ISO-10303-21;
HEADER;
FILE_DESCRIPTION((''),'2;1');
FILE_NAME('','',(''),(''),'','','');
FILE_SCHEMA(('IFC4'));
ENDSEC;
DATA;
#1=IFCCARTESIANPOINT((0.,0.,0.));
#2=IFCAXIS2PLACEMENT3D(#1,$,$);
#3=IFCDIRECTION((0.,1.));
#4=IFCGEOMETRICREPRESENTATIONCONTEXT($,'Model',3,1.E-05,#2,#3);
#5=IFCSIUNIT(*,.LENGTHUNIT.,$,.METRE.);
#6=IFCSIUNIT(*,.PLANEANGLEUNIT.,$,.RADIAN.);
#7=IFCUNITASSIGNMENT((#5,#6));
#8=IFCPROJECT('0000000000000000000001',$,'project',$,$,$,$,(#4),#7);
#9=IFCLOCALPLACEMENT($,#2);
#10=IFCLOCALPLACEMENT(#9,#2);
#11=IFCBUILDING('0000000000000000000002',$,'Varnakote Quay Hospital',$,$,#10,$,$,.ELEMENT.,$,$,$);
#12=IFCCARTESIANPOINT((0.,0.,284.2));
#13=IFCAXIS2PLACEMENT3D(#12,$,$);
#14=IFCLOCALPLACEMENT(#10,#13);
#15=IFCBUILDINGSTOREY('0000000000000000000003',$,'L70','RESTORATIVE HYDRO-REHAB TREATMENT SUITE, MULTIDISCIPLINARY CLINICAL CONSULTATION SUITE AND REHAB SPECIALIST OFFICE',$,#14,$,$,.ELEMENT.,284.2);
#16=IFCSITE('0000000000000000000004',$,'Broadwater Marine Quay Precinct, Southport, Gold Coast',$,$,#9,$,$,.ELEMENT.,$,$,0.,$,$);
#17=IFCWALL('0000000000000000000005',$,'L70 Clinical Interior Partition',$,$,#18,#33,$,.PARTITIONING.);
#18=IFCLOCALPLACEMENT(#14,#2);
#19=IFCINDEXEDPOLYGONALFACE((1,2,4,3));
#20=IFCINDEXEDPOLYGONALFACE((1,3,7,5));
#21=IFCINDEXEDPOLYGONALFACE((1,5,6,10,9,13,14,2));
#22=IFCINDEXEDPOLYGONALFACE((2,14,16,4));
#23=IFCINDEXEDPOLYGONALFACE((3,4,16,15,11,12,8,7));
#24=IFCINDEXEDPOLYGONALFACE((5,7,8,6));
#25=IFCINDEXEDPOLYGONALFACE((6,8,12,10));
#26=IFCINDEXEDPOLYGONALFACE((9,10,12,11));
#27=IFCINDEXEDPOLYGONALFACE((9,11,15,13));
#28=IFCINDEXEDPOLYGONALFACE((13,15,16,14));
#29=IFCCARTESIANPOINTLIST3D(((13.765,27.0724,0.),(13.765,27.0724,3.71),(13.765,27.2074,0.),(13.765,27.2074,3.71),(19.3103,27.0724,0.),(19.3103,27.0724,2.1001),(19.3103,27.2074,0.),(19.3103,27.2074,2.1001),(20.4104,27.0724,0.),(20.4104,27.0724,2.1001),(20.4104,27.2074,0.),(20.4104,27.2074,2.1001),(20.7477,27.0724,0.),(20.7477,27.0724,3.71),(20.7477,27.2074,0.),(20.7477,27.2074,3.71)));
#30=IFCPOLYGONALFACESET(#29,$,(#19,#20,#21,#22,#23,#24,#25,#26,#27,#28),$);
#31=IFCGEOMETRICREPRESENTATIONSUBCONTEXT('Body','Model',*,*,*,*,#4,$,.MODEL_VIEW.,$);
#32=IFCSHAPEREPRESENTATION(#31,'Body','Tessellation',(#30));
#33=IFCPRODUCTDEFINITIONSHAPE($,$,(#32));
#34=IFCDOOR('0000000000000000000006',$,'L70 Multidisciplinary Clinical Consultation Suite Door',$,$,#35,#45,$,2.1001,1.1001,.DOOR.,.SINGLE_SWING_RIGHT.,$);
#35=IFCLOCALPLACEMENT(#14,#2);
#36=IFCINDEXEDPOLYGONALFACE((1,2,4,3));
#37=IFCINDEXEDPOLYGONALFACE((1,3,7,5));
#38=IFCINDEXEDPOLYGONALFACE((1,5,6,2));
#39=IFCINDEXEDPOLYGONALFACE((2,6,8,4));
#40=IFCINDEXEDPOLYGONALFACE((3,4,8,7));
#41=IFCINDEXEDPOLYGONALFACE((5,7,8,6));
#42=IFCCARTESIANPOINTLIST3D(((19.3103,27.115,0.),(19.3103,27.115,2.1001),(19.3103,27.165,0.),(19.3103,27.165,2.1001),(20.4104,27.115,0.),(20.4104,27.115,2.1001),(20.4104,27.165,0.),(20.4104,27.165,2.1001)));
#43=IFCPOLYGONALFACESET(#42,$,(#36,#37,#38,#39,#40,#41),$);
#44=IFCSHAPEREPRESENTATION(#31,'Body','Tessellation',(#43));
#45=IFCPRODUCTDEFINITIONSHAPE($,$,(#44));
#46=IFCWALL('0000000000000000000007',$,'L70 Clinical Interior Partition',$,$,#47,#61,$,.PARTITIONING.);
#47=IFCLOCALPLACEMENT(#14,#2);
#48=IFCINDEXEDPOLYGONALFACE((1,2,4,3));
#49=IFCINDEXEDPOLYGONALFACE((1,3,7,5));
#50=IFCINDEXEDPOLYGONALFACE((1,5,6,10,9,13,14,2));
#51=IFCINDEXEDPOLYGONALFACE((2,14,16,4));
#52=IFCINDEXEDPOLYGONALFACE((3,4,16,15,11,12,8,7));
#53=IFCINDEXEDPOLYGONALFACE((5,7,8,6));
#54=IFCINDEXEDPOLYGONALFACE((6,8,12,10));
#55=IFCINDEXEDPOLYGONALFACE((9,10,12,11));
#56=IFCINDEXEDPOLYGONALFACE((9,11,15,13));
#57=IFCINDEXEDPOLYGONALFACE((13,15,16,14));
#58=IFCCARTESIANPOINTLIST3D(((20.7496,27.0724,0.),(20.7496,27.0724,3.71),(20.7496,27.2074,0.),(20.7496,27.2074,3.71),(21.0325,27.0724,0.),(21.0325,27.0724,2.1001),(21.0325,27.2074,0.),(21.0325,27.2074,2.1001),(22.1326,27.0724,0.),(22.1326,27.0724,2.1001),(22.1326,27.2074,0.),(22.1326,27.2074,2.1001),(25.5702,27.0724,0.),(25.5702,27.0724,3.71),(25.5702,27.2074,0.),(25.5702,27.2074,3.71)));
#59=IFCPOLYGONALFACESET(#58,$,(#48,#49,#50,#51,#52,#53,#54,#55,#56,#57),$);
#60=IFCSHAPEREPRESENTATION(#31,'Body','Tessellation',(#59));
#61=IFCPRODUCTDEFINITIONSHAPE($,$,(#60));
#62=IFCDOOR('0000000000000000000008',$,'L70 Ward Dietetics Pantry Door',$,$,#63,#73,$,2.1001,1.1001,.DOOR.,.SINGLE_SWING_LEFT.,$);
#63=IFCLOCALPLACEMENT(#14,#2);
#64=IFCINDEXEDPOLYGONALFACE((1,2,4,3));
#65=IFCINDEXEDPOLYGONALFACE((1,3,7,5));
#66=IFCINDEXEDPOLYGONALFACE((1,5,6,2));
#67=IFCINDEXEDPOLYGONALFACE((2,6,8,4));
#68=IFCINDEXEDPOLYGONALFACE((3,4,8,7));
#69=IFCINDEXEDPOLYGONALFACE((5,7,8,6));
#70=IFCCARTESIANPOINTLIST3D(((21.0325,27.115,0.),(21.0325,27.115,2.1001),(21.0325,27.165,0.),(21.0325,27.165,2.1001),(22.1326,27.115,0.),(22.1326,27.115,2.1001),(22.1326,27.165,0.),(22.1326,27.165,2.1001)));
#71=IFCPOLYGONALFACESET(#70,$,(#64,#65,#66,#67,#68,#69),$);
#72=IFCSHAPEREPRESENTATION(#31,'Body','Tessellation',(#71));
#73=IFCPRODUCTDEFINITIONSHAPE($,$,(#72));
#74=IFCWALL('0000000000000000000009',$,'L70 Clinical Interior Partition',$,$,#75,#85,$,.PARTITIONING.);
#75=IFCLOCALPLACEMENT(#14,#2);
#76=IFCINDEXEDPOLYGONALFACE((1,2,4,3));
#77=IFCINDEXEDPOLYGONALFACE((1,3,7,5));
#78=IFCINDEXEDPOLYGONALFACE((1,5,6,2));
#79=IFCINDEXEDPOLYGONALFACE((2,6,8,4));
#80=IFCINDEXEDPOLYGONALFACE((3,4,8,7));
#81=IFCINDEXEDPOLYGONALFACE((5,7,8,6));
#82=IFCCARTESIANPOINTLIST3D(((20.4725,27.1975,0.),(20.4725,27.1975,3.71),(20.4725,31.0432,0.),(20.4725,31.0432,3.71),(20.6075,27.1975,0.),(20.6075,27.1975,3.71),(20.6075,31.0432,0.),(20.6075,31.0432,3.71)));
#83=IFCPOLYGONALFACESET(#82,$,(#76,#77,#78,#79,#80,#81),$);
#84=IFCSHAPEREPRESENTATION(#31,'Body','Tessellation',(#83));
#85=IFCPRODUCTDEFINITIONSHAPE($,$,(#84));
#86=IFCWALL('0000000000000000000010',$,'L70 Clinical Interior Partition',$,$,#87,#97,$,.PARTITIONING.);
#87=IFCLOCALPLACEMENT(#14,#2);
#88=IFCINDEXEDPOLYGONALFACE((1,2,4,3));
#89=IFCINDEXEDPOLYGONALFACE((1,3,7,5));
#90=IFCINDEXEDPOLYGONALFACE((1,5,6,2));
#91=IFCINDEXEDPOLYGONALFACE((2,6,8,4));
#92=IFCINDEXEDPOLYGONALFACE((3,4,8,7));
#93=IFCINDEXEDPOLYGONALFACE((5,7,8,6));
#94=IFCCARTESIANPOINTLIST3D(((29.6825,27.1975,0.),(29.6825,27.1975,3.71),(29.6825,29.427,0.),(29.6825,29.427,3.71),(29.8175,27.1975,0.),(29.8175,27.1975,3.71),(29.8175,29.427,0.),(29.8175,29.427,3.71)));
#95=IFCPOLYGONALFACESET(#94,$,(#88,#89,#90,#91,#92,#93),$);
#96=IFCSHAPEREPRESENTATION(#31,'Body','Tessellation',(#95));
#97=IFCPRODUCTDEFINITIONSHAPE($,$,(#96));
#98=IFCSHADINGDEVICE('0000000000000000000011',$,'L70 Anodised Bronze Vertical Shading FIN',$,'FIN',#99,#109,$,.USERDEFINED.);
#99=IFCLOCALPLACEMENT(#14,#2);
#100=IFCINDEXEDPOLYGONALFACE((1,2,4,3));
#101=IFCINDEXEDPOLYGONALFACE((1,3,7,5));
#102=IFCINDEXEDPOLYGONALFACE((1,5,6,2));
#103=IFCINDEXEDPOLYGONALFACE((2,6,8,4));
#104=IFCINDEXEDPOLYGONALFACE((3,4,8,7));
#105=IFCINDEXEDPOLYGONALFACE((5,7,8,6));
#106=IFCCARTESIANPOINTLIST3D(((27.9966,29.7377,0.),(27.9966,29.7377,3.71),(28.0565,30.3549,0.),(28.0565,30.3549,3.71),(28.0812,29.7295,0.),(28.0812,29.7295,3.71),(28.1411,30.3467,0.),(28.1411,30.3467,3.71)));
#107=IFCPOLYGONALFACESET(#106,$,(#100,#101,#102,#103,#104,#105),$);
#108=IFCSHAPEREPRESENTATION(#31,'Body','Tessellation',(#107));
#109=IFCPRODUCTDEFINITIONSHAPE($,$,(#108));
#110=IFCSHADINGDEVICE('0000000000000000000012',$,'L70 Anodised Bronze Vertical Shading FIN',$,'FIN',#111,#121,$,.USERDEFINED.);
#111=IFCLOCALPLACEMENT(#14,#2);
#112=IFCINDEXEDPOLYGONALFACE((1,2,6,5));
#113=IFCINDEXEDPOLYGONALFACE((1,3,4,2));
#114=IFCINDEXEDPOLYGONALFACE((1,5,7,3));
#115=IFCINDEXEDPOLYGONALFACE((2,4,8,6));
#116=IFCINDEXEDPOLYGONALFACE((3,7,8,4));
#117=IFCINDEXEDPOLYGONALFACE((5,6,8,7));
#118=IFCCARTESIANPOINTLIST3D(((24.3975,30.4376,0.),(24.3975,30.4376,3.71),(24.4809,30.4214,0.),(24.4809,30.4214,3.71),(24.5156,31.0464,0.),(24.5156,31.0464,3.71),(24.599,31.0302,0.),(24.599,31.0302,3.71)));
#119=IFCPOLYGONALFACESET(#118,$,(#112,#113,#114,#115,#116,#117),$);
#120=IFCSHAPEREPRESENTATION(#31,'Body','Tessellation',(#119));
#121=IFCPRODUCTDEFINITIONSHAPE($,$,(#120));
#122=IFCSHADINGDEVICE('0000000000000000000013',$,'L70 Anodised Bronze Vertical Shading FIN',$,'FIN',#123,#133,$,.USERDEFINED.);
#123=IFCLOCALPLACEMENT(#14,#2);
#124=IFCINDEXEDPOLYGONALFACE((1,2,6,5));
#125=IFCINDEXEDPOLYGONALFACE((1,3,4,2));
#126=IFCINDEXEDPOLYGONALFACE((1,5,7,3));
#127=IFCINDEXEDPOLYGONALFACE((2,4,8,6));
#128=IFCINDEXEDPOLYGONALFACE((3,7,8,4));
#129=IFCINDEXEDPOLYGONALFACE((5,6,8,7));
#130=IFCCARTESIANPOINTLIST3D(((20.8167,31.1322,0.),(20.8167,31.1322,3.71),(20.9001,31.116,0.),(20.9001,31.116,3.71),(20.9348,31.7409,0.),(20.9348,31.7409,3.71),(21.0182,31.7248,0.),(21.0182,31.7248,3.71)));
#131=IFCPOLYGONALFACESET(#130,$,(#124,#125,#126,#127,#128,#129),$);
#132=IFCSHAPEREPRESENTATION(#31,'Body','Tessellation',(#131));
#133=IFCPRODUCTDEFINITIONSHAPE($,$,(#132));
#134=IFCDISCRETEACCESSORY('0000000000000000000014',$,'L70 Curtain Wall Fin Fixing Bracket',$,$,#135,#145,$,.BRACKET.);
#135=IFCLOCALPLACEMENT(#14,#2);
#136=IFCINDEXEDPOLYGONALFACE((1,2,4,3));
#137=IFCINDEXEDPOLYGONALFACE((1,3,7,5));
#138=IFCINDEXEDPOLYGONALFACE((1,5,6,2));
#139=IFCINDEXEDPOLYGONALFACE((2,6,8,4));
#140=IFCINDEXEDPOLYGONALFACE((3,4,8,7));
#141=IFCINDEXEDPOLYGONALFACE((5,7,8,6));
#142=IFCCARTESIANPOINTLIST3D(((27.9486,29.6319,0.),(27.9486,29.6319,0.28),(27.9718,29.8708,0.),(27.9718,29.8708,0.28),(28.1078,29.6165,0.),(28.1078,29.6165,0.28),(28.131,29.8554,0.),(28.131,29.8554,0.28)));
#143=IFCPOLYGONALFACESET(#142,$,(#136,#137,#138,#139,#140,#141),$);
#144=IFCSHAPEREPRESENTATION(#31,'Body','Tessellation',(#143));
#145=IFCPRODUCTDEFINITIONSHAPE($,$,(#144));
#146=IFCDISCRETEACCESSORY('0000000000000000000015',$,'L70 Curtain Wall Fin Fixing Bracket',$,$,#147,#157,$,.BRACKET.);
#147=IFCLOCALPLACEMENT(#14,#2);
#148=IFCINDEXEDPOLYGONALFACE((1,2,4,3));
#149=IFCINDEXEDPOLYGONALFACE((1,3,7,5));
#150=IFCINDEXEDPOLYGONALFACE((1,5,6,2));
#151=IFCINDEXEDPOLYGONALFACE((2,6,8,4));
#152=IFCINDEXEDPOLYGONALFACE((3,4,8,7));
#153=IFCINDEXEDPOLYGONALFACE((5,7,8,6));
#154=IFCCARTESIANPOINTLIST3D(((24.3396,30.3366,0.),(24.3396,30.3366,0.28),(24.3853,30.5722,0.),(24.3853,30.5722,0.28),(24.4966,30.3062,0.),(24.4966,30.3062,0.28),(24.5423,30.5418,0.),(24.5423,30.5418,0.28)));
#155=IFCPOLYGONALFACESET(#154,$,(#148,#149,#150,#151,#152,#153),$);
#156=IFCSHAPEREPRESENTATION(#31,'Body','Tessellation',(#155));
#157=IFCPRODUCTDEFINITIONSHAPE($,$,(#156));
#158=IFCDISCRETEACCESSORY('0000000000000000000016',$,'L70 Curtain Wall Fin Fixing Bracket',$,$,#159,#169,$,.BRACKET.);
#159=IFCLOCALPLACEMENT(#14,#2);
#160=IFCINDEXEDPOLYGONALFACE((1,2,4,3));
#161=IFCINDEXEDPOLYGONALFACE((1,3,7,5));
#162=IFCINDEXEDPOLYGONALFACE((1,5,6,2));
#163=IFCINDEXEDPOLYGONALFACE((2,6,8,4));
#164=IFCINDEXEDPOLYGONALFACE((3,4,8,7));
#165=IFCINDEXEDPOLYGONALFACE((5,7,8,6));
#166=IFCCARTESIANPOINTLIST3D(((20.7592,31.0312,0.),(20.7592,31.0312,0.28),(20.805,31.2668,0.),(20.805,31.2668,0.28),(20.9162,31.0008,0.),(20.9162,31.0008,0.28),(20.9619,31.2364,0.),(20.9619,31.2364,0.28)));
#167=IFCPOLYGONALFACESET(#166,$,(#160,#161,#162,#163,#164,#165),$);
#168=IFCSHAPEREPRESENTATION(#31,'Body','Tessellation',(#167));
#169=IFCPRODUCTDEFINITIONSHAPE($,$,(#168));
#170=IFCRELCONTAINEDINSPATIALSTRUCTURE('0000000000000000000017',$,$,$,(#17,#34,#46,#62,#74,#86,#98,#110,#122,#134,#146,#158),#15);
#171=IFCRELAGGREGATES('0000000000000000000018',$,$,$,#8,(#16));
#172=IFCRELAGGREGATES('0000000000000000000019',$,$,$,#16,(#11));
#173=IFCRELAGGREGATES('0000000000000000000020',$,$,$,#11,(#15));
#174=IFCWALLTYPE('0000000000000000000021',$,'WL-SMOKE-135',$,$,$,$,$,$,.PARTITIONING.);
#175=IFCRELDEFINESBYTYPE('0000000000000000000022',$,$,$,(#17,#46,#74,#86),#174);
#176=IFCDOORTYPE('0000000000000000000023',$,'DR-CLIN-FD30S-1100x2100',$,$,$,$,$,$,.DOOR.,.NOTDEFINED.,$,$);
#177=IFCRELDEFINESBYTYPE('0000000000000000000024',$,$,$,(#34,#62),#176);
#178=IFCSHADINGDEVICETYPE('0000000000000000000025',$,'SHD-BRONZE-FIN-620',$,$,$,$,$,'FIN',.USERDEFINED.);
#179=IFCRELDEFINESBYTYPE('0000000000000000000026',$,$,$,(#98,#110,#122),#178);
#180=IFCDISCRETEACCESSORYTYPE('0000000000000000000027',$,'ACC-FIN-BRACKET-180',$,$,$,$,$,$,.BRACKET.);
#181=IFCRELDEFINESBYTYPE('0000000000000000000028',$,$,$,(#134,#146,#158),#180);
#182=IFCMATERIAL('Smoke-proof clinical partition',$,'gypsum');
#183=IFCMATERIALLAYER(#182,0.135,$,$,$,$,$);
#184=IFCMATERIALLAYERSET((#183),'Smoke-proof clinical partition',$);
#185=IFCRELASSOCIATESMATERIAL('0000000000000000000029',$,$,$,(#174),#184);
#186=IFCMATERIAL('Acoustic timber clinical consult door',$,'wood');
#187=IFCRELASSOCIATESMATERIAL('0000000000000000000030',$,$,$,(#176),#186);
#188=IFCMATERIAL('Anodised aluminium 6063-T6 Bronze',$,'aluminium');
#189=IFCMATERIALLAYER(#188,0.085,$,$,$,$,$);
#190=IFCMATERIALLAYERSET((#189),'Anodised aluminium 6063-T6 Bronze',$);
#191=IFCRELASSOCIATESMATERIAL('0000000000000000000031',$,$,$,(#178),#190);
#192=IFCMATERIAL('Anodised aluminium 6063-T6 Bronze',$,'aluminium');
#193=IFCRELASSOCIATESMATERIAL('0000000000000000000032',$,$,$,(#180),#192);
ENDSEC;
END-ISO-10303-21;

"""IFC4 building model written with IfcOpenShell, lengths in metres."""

from ifc_helpers import new_model, si_unit, direction, frame, frame_2d, origin, origin_2d, place, context, subcontext, project, spatial, rectangle, extrude, material, layer, layer_set, type_object, element, fill, save


model = new_model("IFC4")

# Units and contexts
model_context = context("Model", 3, precision=1e-05, world=origin(), true_north=direction((0.0, 1.0)))
body_context = subcontext(model_context, "Body", "Model", "MODEL_VIEW")
ifc_project = project(units=[si_unit("LENGTHUNIT", "METRE"), si_unit("PLANEANGLEUNIT", "RADIAN")], contexts=[model_context])

# Site, building, storey
site_placement = place(None, origin())
site = spatial("IfcSite", under=ifc_project, at=site_placement, Name="Broadwater Marine Quay Precinct, Southport, Gold Coast", CompositionType="ELEMENT", RefElevation=0.0)
building_placement = place(site_placement, origin())
building = spatial("IfcBuilding", under=site, at=building_placement, Name="Varnakote Quay Hospital", CompositionType="ELEMENT")
storey_placement = place(building_placement, frame((0.0, 0.0, 284.2)))
storey = spatial("IfcBuildingStorey", under=building, at=storey_placement, Name="L70", Description="RESTORATIVE HYDRO-REHAB TREATMENT SUITE, MULTIDISCIPLINARY CLINICAL CONSULTATION SUITE AND REHAB SPECIALIST OFFICE", CompositionType="ELEMENT", Elevation=284.2)

# Walls, openings, doors
ifc_material_1 = material(Name="Smoke-proof clinical partition", Category="gypsum")
ifc_layer_1 = layer(ifc_material_1, 0.135)
ifc_layer_set_1 = layer_set([ifc_layer_1], Name="Smoke-proof clinical partition")
wall_type = type_object("IfcWallType", Name="WL-SMOKE-135", PredefinedType="PARTITIONING", material=ifc_layer_set_1)
ifc_material_2 = material(Name="Acoustic timber clinical consult door", Category="wood")
door_type = type_object("IfcDoorType", Name="DR-CLIN-FD30S-1100x2100", OperationType="NOTDEFINED", PredefinedType="DOOR", material=ifc_material_2)
wall_1_placement = place(storey_placement, frame((20.7476, 27.1399, 0.0), z_axis=(0.0, 0.0, 1.0), x_axis=(-1.0, 0.0, 0.0)))
wall_1 = element("IfcWall", 1, at=wall_1_placement, inside=storey, type_object=wall_type, Name="L70 Clinical Interior Partition", PredefinedType="PARTITIONING", context=body_context, shape_type="SweptSolid", body=[
    extrude(rectangle(XDim=6.9827, YDim=0.135, at=frame_2d((3.4912, 0.0))), origin(), (0.0, 0.0, 1.0), 3.71),
])
opening_1_placement = place(wall_1_placement, frame((0.3372, 0.0, 0.0)))
opening_1 = element("IfcOpeningElement", 2, at=opening_1_placement, cuts=wall_1, PredefinedType="OPENING", context=body_context, shape_type="SweptSolid", body=[
    extrude(rectangle(XDim=1.1001, YDim=2.1001, at=frame_2d((0.55, 1.05))), frame((0.0, 0.0774, 0.0), z_axis=(0.0, -1.0, 0.0), x_axis=(1.0, 0.0, 0.0)), (0.0, 0.0, 1.0), 0.155),
])
door_1_placement = place(opening_1_placement, origin())
door_1 = element("IfcDoor", 3, at=door_1_placement, inside=storey, type_object=door_type, Name="L70 Multidisciplinary Clinical Consultation Suite Door", OperationType="SINGLE_SWING_RIGHT", OverallHeight=2.1001, OverallWidth=1.1001, PredefinedType="DOOR", context=body_context, shape_type="SweptSolid", body=[
    extrude(rectangle(XDim=1.1001, YDim=2.1001, at=frame_2d((0.55, 1.05))), frame((0.0, 0.0249, 0.0), z_axis=(0.0, -1.0, 0.0), x_axis=(1.0, 0.0, 0.0)), (0.0, 0.0, 1.0), 0.05),
])
fill(opening_1, door_1)
wall_2_placement = place(storey_placement, frame((25.5701, 27.1399, 0.0), z_axis=(0.0, 0.0, 1.0), x_axis=(-1.0, 0.0, 0.0)))
wall_2 = element("IfcWall", 4, at=wall_2_placement, inside=storey, type_object=wall_type, Name="L70 Clinical Interior Partition", PredefinedType="PARTITIONING", context=body_context, shape_type="SweptSolid", body=[
    extrude(rectangle(XDim=4.8206, YDim=0.135, at=frame_2d((2.4102, 0.0))), origin(), (0.0, 0.0, 1.0), 3.71),
])
opening_2_placement = place(wall_2_placement, frame((3.4375, 0.0, 0.0)))
opening_2 = element("IfcOpeningElement", 5, at=opening_2_placement, cuts=wall_2, PredefinedType="OPENING", context=body_context, shape_type="SweptSolid", body=[
    extrude(rectangle(XDim=1.1001, YDim=2.1001, at=frame_2d((0.55, 1.05))), frame((0.0, 0.0774, 0.0), z_axis=(0.0, -1.0, 0.0), x_axis=(1.0, 0.0, 0.0)), (0.0, 0.0, 1.0), 0.155),
])
door_2_placement = place(opening_2_placement, origin())
door_2 = element("IfcDoor", 6, at=door_2_placement, inside=storey, type_object=door_type, Name="L70 Ward Dietetics Pantry Door", OperationType="SINGLE_SWING_LEFT", OverallHeight=2.1001, OverallWidth=1.1001, PredefinedType="DOOR", context=body_context, shape_type="SweptSolid", body=[
    extrude(rectangle(XDim=1.1001, YDim=2.1001, at=frame_2d((0.55, 1.05))), frame((0.0, 0.0249, 0.0), z_axis=(0.0, -1.0, 0.0), x_axis=(1.0, 0.0, 0.0)), (0.0, 0.0, 1.0), 0.05),
])
fill(opening_2, door_2)

# Walls
wall_3_placement = place(storey_placement, frame((20.54, 27.1975, 0.0), z_axis=(0.0, 0.0, 1.0), x_axis=(0.0, 1.0, 0.0)))
element("IfcWall", 7, at=wall_3_placement, inside=storey, type_object=wall_type, Name="L70 Clinical Interior Partition", PredefinedType="PARTITIONING", context=body_context, shape_type="SweptSolid", body=[
    extrude(rectangle(XDim=3.8457, YDim=0.135, at=frame_2d((1.9229, 0.0))), origin(), (0.0, 0.0, 1.0), 3.71),
])
wall_4_placement = place(storey_placement, frame((29.75, 27.1975, 0.0), z_axis=(0.0, 0.0, 1.0), x_axis=(0.0, 1.0, 0.0)))
element("IfcWall", 8, at=wall_4_placement, inside=storey, type_object=wall_type, Name="L70 Clinical Interior Partition", PredefinedType="PARTITIONING", context=body_context, shape_type="SweptSolid", body=[
    extrude(rectangle(XDim=2.2295, YDim=0.135, at=frame_2d((1.1147, 0.0))), origin(), (0.0, 0.0, 1.0), 3.71),
])

# Shading devices
ifc_material_3 = material(Name="Anodised aluminium 6063-T6 Bronze", Category="aluminium")
ifc_layer_2 = layer(ifc_material_3, 0.085)
ifc_layer_set_2 = layer_set([ifc_layer_2], Name="Anodised aluminium 6063-T6 Bronze")
shading_device_type = type_object("IfcShadingDeviceType", Name="SHD-BRONZE-FIN-620", ElementType="FIN", PredefinedType="USERDEFINED", material=ifc_layer_set_2)
for number, where, z_axis, x_axis, name in (
    (9, (28.0688, 30.0422, 0.0), (0.0, 0.0, 1.0), (-0.096541, -0.995329, 0.0), "L70 Anodised Bronze Vertical Shading FIN"),
    (10, (24.4983, 30.7339, 0.0), (0.0, 0.0, 1.0), (-0.190466, -0.981694, 0.0), "L70 Anodised Bronze Vertical Shading FIN"),
    (11, (20.9175, 31.4285, 0.0), (0.0, 0.0, 1.0), (-0.190466, -0.981694, 0.0), "L70 Anodised Bronze Vertical Shading FIN"),
):
    element("IfcShadingDevice", number, at=place(storey_placement, frame(where, z_axis=z_axis, x_axis=x_axis)), inside=storey, type_object=shading_device_type, Name=name, ObjectType="FIN", PredefinedType="USERDEFINED", context=body_context, shape_type="SweptSolid", body=[
        extrude(rectangle(XDim=0.6201, YDim=0.085, at=origin_2d()), origin(), (0.0, 0.0, 1.0), 3.71),
    ])

# Discrete accessories
ifc_material_4 = material(Name="Anodised aluminium 6063-T6 Bronze", Category="aluminium")
discrete_accessory_type = type_object("IfcDiscreteAccessoryType", Name="ACC-FIN-BRACKET-180", PredefinedType="BRACKET", material=ifc_material_4)
for number, where, z_axis, x_axis, name in (
    (12, (28.0398, 29.7437, 0.0), (0.0, 0.0, 1.0), (-0.995329, 0.096541, 0.0), "L70 Curtain Wall Fin Fixing Bracket"),
    (13, (24.4409, 30.4392, 0.0), (0.0, 0.0, 1.0), (-0.981694, 0.190466, 0.0), "L70 Curtain Wall Fin Fixing Bracket"),
    (14, (20.8606, 31.1338, 0.0), (0.0, 0.0, 1.0), (-0.981694, 0.190466, 0.0), "L70 Curtain Wall Fin Fixing Bracket"),
):
    element("IfcDiscreteAccessory", number, at=place(storey_placement, frame(where, z_axis=z_axis, x_axis=x_axis)), inside=storey, type_object=discrete_accessory_type, Name=name, PredefinedType="BRACKET", context=body_context, shape_type="SweptSolid", body=[
        extrude(rectangle(XDim=0.1599, YDim=0.24, at=origin_2d()), origin(), (0.0, 0.0, 1.0), 0.28),
    ])

save(model, "model.ifc")
